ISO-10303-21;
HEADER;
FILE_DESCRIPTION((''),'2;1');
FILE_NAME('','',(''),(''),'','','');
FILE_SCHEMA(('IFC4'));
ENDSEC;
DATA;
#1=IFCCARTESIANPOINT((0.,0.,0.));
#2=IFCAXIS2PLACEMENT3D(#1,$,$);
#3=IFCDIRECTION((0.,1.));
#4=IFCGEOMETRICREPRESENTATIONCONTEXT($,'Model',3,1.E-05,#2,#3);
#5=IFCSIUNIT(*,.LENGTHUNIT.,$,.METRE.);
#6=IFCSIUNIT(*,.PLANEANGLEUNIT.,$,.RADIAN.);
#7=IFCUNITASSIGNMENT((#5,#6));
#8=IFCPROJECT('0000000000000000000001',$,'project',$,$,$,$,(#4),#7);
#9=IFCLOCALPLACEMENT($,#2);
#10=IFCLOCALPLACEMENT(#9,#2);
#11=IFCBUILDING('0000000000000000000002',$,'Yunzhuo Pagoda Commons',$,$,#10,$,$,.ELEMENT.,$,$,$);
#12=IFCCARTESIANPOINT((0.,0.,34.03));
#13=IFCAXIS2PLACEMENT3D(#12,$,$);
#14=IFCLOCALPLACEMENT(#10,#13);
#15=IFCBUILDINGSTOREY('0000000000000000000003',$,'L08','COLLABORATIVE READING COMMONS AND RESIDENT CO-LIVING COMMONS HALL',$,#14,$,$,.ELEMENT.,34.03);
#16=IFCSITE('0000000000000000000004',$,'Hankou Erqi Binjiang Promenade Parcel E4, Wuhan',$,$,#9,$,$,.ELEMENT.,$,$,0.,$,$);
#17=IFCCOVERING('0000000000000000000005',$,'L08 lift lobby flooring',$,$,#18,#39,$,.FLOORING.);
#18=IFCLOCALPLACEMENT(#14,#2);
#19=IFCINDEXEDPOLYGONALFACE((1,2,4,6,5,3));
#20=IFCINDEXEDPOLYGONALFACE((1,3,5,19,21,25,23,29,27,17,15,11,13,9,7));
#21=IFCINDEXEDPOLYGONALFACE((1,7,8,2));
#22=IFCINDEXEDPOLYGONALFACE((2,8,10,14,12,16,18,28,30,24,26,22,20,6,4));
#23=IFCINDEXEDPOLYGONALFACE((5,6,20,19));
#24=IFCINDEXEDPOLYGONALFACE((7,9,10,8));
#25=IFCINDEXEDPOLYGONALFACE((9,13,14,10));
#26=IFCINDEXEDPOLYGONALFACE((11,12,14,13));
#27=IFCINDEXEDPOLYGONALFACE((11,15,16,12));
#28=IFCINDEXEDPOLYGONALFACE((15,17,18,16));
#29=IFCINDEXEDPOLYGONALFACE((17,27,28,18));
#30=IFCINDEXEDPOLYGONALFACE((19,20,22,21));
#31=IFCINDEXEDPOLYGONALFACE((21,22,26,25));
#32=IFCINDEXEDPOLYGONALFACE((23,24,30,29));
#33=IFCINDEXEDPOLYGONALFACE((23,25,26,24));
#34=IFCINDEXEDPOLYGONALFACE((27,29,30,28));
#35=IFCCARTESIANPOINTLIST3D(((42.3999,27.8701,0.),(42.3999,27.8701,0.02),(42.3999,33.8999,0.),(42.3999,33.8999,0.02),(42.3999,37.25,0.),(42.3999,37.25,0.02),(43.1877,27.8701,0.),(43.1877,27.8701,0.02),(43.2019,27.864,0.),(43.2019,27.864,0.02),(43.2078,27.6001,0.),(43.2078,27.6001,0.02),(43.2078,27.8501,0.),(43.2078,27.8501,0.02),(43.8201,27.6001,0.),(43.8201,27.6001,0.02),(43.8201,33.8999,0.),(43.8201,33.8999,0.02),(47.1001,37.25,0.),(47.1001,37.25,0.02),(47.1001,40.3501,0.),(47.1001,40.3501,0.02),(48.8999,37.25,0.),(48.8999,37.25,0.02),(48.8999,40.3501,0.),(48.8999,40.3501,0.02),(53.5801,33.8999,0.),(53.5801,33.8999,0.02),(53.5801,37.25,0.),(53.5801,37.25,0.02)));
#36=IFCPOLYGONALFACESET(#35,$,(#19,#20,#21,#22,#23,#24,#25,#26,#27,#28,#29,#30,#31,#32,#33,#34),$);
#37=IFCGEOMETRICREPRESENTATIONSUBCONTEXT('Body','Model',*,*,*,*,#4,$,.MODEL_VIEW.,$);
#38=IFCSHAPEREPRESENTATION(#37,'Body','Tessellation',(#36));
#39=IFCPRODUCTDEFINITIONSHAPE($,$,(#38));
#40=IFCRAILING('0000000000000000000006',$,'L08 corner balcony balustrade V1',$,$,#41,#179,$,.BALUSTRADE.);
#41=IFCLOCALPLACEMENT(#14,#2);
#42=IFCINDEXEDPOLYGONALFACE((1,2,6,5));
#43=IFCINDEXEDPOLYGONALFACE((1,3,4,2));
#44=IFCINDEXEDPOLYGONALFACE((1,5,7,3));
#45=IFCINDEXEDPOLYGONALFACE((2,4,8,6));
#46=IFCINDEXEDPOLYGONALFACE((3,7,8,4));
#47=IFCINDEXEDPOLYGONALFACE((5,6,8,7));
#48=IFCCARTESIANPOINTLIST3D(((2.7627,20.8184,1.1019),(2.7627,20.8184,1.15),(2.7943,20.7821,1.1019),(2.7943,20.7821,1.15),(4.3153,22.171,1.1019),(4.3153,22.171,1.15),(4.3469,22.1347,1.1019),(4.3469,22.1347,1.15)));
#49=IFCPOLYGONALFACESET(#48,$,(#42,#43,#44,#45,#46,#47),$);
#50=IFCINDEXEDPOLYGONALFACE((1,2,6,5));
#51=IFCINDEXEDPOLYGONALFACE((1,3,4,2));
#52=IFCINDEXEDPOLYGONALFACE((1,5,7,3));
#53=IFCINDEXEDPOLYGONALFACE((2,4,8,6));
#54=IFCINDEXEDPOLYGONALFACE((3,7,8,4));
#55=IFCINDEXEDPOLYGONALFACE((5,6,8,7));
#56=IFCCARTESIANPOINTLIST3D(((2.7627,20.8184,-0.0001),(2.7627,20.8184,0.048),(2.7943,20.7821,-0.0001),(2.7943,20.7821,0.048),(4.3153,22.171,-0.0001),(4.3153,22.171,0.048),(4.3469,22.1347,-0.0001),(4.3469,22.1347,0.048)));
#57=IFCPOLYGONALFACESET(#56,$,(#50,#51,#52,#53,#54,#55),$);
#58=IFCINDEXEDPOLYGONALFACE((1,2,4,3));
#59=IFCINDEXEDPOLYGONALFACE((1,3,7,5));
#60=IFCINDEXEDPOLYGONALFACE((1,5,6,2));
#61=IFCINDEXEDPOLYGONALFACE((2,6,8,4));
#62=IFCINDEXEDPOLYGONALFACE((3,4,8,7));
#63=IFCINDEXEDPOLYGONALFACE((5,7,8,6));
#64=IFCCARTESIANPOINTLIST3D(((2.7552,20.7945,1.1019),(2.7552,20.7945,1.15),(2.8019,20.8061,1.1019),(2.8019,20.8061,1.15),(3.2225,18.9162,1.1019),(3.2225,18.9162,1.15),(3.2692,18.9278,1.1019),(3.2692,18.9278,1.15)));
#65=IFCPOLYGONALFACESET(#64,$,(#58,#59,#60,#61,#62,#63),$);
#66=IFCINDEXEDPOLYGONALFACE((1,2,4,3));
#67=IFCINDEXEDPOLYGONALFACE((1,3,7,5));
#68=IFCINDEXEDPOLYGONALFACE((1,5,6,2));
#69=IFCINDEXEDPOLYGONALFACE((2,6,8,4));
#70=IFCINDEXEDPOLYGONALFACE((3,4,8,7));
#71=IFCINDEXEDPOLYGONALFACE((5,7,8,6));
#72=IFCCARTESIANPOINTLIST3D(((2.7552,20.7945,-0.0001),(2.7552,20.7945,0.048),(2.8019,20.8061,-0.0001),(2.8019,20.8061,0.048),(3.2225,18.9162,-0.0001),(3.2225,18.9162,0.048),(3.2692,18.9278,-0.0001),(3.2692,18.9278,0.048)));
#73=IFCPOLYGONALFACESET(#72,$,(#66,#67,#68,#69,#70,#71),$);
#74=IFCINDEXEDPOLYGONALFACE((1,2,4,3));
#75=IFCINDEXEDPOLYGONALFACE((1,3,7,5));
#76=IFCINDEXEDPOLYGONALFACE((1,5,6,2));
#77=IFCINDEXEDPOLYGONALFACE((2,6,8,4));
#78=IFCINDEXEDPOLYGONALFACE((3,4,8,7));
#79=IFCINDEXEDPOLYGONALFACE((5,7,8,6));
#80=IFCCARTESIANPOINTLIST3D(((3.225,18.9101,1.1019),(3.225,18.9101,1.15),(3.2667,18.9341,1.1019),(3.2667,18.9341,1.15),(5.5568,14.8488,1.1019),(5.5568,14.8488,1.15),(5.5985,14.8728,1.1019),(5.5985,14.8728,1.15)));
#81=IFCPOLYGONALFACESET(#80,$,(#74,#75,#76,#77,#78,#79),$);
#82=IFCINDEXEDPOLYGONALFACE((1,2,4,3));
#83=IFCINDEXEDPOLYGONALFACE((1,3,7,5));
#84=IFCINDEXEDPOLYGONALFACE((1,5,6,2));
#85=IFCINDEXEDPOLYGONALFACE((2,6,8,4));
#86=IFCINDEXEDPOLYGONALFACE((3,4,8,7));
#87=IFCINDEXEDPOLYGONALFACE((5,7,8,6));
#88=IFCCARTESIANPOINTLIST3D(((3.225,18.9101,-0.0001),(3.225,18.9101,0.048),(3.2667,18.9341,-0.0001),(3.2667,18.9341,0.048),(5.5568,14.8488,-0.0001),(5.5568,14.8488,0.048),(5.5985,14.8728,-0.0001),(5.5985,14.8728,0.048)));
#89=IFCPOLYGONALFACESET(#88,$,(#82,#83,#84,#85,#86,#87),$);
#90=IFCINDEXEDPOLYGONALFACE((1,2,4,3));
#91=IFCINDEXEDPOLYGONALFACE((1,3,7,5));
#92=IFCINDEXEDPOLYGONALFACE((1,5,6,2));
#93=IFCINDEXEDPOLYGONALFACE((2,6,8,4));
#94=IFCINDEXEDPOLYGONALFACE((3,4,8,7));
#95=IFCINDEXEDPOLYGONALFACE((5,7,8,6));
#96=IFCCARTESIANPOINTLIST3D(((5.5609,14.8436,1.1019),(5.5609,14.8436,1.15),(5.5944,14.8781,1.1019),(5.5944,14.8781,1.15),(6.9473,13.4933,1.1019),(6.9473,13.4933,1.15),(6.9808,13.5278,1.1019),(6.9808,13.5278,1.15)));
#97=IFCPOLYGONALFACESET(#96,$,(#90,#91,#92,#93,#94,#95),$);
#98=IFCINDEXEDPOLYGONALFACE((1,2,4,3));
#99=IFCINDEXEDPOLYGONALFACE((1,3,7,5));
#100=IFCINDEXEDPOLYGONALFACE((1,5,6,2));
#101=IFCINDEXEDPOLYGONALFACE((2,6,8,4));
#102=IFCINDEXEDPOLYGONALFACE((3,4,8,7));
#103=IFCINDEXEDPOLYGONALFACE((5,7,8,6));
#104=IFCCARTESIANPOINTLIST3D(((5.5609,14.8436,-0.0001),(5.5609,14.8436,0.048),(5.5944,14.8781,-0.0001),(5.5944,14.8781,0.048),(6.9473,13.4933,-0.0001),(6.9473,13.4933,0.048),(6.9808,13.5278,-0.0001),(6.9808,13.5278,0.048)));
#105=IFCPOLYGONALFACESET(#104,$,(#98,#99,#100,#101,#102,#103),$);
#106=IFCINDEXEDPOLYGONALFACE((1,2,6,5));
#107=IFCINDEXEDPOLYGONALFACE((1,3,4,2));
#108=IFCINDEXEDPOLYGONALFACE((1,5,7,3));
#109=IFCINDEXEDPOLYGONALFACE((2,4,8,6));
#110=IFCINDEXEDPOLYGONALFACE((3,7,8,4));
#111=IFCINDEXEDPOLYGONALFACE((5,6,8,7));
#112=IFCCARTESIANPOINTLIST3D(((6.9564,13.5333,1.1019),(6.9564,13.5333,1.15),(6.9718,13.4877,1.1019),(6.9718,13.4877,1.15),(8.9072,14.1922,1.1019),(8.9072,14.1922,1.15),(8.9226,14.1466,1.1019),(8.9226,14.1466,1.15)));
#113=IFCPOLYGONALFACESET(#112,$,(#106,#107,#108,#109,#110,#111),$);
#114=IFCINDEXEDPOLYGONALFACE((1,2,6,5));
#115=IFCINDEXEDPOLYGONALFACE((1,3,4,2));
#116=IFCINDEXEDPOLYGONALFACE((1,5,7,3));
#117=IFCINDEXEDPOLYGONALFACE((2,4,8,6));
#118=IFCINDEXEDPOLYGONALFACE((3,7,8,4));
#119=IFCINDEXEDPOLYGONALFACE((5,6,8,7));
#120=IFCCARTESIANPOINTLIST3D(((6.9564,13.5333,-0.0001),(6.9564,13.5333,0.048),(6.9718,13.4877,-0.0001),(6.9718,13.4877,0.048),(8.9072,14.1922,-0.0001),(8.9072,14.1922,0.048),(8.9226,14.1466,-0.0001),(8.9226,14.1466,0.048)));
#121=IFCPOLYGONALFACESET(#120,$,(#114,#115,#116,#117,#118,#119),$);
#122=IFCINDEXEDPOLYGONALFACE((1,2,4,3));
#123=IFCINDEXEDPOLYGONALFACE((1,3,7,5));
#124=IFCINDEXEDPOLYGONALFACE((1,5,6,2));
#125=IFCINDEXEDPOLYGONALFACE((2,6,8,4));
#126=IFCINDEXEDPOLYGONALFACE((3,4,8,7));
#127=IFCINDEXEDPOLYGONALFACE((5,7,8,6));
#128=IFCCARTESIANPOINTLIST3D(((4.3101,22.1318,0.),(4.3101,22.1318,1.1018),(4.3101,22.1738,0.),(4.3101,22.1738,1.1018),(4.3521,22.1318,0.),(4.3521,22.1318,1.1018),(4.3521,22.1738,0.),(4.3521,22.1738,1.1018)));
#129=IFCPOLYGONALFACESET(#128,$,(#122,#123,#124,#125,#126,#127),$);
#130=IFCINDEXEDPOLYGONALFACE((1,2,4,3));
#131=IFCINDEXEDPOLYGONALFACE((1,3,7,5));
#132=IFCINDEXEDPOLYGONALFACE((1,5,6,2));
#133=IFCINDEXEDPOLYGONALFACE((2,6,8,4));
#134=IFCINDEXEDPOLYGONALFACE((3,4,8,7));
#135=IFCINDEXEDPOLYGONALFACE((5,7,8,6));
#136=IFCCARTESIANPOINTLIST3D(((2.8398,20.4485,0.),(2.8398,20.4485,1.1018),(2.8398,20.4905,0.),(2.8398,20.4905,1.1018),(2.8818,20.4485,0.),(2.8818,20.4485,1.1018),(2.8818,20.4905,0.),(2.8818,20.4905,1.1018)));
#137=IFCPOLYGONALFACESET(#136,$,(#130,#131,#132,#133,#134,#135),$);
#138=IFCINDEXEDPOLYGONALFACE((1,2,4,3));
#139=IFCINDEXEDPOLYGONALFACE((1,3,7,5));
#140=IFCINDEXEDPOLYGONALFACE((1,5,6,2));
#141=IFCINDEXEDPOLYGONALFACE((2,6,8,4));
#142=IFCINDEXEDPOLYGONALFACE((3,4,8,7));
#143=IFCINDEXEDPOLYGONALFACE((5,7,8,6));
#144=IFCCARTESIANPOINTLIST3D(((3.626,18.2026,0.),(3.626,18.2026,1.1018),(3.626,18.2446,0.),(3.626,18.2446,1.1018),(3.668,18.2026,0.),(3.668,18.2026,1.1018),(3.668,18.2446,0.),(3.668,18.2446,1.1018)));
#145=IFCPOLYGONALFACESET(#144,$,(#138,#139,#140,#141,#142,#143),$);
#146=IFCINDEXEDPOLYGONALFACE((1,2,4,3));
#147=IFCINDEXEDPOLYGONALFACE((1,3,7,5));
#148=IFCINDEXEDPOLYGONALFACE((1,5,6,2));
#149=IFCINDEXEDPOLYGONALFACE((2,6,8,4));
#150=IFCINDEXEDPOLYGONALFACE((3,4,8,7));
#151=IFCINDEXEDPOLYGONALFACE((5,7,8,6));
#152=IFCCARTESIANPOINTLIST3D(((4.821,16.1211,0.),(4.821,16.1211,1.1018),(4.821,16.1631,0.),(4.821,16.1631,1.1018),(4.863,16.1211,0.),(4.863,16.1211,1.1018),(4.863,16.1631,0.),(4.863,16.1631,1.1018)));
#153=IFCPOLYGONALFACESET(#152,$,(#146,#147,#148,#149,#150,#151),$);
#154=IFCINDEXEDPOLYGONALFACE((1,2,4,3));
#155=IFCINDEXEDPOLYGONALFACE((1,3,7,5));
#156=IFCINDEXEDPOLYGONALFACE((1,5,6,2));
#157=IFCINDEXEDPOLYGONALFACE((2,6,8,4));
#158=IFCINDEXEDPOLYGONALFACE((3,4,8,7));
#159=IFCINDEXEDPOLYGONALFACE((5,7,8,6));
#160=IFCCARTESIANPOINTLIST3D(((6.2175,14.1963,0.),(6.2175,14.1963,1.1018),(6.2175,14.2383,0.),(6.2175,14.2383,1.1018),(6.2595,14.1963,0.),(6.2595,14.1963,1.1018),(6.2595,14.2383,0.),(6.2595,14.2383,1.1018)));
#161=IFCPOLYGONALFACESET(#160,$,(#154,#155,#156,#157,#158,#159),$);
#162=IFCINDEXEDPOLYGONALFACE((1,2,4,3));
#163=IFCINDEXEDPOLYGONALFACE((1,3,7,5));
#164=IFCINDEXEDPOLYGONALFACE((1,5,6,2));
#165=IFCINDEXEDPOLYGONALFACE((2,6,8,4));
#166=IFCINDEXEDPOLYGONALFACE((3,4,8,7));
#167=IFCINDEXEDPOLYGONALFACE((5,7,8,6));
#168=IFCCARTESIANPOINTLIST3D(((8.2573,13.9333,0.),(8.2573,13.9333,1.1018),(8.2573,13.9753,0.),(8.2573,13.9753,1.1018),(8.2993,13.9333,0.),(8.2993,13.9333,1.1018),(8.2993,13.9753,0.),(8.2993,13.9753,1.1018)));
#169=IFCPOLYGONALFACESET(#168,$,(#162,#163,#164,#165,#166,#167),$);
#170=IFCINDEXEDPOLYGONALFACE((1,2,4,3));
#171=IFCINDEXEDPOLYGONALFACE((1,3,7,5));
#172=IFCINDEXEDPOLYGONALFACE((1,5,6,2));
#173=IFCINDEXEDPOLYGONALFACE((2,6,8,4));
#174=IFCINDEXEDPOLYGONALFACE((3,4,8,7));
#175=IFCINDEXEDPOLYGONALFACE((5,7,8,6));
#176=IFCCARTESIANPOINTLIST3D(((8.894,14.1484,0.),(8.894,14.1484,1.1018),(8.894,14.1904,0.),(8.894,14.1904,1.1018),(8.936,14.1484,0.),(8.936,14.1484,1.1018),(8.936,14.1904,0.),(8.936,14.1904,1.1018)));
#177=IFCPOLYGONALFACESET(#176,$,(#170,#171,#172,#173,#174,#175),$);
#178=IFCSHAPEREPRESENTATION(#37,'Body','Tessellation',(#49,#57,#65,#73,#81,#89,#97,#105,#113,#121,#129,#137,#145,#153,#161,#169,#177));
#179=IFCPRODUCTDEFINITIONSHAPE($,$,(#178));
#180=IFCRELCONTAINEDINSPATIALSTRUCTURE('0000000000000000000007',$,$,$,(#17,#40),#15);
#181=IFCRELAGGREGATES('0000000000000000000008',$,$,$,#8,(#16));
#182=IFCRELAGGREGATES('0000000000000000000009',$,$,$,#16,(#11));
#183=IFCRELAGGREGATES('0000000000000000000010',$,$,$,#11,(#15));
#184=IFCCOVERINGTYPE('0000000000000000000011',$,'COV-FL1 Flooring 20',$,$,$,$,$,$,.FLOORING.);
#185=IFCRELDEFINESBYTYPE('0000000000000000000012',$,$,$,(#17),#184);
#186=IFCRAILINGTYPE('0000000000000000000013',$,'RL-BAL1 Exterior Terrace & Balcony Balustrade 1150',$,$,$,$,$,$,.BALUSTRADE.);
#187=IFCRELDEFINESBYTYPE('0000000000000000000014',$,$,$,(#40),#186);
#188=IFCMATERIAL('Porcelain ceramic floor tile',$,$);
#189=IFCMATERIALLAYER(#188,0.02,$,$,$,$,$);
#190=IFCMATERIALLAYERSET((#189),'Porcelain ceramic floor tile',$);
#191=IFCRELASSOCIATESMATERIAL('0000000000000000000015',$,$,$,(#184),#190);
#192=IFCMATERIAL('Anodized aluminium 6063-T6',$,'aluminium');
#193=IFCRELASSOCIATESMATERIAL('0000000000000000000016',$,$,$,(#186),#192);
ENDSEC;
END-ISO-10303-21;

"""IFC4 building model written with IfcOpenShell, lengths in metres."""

from ifc_helpers import new_model, si_unit, direction, frame, origin, origin_2d, place, context, subcontext, project, spatial, polyline, rectangle, outline, extrude, material, layer, layer_set, type_object, element, save


model = new_model("IFC4")

# Units and contexts
model_context = context("Model", 3, precision=1e-05, world=origin(), true_north=direction((0.0, 1.0)))
body_context = subcontext(model_context, "Body", "Model", "MODEL_VIEW")
ifc_project = project(units=[si_unit("LENGTHUNIT", "METRE"), si_unit("PLANEANGLEUNIT", "RADIAN")], contexts=[model_context])

# Site, building, storey
site_placement = place(None, origin())
site = spatial("IfcSite", under=ifc_project, at=site_placement, Name="Hankou Erqi Binjiang Promenade Parcel E4, Wuhan", CompositionType="ELEMENT", RefElevation=0.0)
building_placement = place(site_placement, origin())
building = spatial("IfcBuilding", under=site, at=building_placement, Name="Yunzhuo Pagoda Commons", CompositionType="ELEMENT")
storey_placement = place(building_placement, frame((0.0, 0.0, 34.03)))
storey = spatial("IfcBuildingStorey", under=building, at=storey_placement, Name="L08", Description="COLLABORATIVE READING COMMONS AND RESIDENT CO-LIVING COMMONS HALL", CompositionType="ELEMENT", Elevation=34.03)

# Shared definitions
ifc_material_1 = material(Name="Anodized aluminium 6063-T6", Category="aluminium")

# Covering
ifc_material_2 = material(Name="Porcelain ceramic floor tile")
ifc_layer_1 = layer(ifc_material_2, 0.02)
ifc_layer_set_1 = layer_set([ifc_layer_1], Name="Porcelain ceramic floor tile")
covering_type_1 = type_object("IfcCoveringType", Name="COV-FL1 Flooring 20", PredefinedType="FLOORING", material=ifc_layer_set_1)
covering_1_placement = place(storey_placement, origin())
element("IfcCovering", 1, at=covering_1_placement, inside=storey, type_object=covering_type_1, Name="L08 lift lobby flooring", PredefinedType="FLOORING", context=body_context, shape_type="SweptSolid", body=[
    extrude(outline(polyline([(43.2078, 27.8501), (43.2019, 27.864), (43.1877, 27.8701), (42.3999, 27.8701), (42.3999, 33.8999), (42.3999, 37.25), (47.1001, 37.25), (47.1001, 40.3501), (48.8999, 40.3501), (48.8999, 37.25), (53.5801, 37.25), (53.5801, 33.8999), (43.8201, 33.8999), (43.8201, 27.6001), (43.2078, 27.6001), (43.2078, 27.8501)])), origin(), (0.0, 0.0, 1.0), 0.02),
])

# Railing
railing_type = type_object("IfcRailingType", Name="RL-BAL1 Exterior Terrace & Balcony Balustrade 1150", PredefinedType="BALUSTRADE", material=ifc_material_1)
railing_placement = place(storey_placement, frame((4.3311, 22.1528, 0.0)))
element("IfcRailing", 2, at=railing_placement, inside=storey, type_object=railing_type, Name="L08 corner balcony balustrade V1", PredefinedType="BALUSTRADE", context=body_context, shape_type="SweptSolid", body=[
    extrude(rectangle(XDim=0.0481, YDim=0.0481, at=origin_2d()), frame((0.0, 0.0, 1.126), z_axis=(-0.753993, -0.656883, 0.0), x_axis=(0.656883, -0.753993, 0.0)), (0.0, 0.0, 1.0), 2.0591),
    extrude(rectangle(XDim=0.0481, YDim=0.0481, at=origin_2d()), frame((0.0, 0.0, 0.0239), z_axis=(-0.753993, -0.656883, 0.0), x_axis=(0.656883, -0.753993, 0.0)), (0.0, 0.0, 1.0), 2.0591),
    extrude(rectangle(XDim=0.0481, YDim=0.0481, at=origin_2d()), frame((-1.5525, -1.3525, 1.126), z_axis=(0.241437, -0.970416, 0.0), x_axis=(0.970416, 0.241437, 0.0)), (0.0, 0.0, 1.0), 1.9355),
    extrude(rectangle(XDim=0.0481, YDim=0.0481, at=origin_2d()), frame((-1.5525, -1.3525, 0.0239), z_axis=(0.241437, -0.970416, 0.0), x_axis=(0.970416, 0.241437, 0.0)), (0.0, 0.0, 1.0), 1.9355),
    extrude(rectangle(XDim=0.0481, YDim=0.0481, at=origin_2d()), frame((-1.0852, -3.2307, 1.126), z_axis=(0.497918, -0.867224, 0.0), x_axis=(0.867224, 0.497918, 0.0)), (0.0, 0.0, 1.0), 4.6831),
    extrude(rectangle(XDim=0.0481, YDim=0.0481, at=origin_2d()), frame((-1.0852, -3.2307, 0.0239), z_axis=(0.497918, -0.867224, 0.0), x_axis=(0.867224, 0.497918, 0.0)), (0.0, 0.0, 1.0), 4.6831),
    extrude(rectangle(XDim=0.0481, YDim=0.0481, at=origin_2d()), frame((1.2466, -7.292, 1.126), z_axis=(0.71638, -0.69771, 0.0), x_axis=(0.69771, 0.71638, 0.0)), (0.0, 0.0, 1.0), 1.9353),
    extrude(rectangle(XDim=0.0481, YDim=0.0481, at=origin_2d()), frame((1.2466, -7.292, 0.0239), z_axis=(0.71638, -0.69771, 0.0), x_axis=(0.69771, 0.71638, 0.0)), (0.0, 0.0, 1.0), 1.9353),
    extrude(rectangle(XDim=0.0481, YDim=0.0481, at=origin_2d()), frame((2.6331, -8.6423, 1.126), z_axis=(0.947419, 0.319996, 0.0), x_axis=(-0.319996, 0.947419, 0.0)), (0.0, 0.0, 1.0), 2.0591),
    extrude(rectangle(XDim=0.0481, YDim=0.0481, at=origin_2d()), frame((2.6331, -8.6423, 0.0239), z_axis=(0.947419, 0.319996, 0.0), x_axis=(-0.319996, 0.947419, 0.0)), (0.0, 0.0, 1.0), 2.0591),
    extrude(rectangle(XDim=0.042, YDim=0.042, at=origin_2d()), origin(), (0.0, 0.0, 1.0), 1.1018),
    extrude(rectangle(XDim=0.042, YDim=0.042, at=origin_2d()), frame((-1.4702, -1.6833, 0.0)), (0.0, 0.0, 1.0), 1.1018),
    extrude(rectangle(XDim=0.042, YDim=0.042, at=origin_2d()), frame((-0.6841, -3.9292, 0.0)), (0.0, 0.0, 1.0), 1.1018),
    extrude(rectangle(XDim=0.042, YDim=0.042, at=origin_2d()), frame((0.511, -6.0107, 0.0)), (0.0, 0.0, 1.0), 1.1018),
    extrude(rectangle(XDim=0.042, YDim=0.042, at=origin_2d()), frame((1.9075, -7.9355, 0.0)), (0.0, 0.0, 1.0), 1.1018),
    extrude(rectangle(XDim=0.042, YDim=0.042, at=origin_2d()), frame((3.9473, -8.1985, 0.0)), (0.0, 0.0, 1.0), 1.1018),
    extrude(rectangle(XDim=0.042, YDim=0.042, at=origin_2d()), frame((4.584, -7.9834, 0.0)), (0.0, 0.0, 1.0), 1.1018),
])

save(model, "model.ifc")
